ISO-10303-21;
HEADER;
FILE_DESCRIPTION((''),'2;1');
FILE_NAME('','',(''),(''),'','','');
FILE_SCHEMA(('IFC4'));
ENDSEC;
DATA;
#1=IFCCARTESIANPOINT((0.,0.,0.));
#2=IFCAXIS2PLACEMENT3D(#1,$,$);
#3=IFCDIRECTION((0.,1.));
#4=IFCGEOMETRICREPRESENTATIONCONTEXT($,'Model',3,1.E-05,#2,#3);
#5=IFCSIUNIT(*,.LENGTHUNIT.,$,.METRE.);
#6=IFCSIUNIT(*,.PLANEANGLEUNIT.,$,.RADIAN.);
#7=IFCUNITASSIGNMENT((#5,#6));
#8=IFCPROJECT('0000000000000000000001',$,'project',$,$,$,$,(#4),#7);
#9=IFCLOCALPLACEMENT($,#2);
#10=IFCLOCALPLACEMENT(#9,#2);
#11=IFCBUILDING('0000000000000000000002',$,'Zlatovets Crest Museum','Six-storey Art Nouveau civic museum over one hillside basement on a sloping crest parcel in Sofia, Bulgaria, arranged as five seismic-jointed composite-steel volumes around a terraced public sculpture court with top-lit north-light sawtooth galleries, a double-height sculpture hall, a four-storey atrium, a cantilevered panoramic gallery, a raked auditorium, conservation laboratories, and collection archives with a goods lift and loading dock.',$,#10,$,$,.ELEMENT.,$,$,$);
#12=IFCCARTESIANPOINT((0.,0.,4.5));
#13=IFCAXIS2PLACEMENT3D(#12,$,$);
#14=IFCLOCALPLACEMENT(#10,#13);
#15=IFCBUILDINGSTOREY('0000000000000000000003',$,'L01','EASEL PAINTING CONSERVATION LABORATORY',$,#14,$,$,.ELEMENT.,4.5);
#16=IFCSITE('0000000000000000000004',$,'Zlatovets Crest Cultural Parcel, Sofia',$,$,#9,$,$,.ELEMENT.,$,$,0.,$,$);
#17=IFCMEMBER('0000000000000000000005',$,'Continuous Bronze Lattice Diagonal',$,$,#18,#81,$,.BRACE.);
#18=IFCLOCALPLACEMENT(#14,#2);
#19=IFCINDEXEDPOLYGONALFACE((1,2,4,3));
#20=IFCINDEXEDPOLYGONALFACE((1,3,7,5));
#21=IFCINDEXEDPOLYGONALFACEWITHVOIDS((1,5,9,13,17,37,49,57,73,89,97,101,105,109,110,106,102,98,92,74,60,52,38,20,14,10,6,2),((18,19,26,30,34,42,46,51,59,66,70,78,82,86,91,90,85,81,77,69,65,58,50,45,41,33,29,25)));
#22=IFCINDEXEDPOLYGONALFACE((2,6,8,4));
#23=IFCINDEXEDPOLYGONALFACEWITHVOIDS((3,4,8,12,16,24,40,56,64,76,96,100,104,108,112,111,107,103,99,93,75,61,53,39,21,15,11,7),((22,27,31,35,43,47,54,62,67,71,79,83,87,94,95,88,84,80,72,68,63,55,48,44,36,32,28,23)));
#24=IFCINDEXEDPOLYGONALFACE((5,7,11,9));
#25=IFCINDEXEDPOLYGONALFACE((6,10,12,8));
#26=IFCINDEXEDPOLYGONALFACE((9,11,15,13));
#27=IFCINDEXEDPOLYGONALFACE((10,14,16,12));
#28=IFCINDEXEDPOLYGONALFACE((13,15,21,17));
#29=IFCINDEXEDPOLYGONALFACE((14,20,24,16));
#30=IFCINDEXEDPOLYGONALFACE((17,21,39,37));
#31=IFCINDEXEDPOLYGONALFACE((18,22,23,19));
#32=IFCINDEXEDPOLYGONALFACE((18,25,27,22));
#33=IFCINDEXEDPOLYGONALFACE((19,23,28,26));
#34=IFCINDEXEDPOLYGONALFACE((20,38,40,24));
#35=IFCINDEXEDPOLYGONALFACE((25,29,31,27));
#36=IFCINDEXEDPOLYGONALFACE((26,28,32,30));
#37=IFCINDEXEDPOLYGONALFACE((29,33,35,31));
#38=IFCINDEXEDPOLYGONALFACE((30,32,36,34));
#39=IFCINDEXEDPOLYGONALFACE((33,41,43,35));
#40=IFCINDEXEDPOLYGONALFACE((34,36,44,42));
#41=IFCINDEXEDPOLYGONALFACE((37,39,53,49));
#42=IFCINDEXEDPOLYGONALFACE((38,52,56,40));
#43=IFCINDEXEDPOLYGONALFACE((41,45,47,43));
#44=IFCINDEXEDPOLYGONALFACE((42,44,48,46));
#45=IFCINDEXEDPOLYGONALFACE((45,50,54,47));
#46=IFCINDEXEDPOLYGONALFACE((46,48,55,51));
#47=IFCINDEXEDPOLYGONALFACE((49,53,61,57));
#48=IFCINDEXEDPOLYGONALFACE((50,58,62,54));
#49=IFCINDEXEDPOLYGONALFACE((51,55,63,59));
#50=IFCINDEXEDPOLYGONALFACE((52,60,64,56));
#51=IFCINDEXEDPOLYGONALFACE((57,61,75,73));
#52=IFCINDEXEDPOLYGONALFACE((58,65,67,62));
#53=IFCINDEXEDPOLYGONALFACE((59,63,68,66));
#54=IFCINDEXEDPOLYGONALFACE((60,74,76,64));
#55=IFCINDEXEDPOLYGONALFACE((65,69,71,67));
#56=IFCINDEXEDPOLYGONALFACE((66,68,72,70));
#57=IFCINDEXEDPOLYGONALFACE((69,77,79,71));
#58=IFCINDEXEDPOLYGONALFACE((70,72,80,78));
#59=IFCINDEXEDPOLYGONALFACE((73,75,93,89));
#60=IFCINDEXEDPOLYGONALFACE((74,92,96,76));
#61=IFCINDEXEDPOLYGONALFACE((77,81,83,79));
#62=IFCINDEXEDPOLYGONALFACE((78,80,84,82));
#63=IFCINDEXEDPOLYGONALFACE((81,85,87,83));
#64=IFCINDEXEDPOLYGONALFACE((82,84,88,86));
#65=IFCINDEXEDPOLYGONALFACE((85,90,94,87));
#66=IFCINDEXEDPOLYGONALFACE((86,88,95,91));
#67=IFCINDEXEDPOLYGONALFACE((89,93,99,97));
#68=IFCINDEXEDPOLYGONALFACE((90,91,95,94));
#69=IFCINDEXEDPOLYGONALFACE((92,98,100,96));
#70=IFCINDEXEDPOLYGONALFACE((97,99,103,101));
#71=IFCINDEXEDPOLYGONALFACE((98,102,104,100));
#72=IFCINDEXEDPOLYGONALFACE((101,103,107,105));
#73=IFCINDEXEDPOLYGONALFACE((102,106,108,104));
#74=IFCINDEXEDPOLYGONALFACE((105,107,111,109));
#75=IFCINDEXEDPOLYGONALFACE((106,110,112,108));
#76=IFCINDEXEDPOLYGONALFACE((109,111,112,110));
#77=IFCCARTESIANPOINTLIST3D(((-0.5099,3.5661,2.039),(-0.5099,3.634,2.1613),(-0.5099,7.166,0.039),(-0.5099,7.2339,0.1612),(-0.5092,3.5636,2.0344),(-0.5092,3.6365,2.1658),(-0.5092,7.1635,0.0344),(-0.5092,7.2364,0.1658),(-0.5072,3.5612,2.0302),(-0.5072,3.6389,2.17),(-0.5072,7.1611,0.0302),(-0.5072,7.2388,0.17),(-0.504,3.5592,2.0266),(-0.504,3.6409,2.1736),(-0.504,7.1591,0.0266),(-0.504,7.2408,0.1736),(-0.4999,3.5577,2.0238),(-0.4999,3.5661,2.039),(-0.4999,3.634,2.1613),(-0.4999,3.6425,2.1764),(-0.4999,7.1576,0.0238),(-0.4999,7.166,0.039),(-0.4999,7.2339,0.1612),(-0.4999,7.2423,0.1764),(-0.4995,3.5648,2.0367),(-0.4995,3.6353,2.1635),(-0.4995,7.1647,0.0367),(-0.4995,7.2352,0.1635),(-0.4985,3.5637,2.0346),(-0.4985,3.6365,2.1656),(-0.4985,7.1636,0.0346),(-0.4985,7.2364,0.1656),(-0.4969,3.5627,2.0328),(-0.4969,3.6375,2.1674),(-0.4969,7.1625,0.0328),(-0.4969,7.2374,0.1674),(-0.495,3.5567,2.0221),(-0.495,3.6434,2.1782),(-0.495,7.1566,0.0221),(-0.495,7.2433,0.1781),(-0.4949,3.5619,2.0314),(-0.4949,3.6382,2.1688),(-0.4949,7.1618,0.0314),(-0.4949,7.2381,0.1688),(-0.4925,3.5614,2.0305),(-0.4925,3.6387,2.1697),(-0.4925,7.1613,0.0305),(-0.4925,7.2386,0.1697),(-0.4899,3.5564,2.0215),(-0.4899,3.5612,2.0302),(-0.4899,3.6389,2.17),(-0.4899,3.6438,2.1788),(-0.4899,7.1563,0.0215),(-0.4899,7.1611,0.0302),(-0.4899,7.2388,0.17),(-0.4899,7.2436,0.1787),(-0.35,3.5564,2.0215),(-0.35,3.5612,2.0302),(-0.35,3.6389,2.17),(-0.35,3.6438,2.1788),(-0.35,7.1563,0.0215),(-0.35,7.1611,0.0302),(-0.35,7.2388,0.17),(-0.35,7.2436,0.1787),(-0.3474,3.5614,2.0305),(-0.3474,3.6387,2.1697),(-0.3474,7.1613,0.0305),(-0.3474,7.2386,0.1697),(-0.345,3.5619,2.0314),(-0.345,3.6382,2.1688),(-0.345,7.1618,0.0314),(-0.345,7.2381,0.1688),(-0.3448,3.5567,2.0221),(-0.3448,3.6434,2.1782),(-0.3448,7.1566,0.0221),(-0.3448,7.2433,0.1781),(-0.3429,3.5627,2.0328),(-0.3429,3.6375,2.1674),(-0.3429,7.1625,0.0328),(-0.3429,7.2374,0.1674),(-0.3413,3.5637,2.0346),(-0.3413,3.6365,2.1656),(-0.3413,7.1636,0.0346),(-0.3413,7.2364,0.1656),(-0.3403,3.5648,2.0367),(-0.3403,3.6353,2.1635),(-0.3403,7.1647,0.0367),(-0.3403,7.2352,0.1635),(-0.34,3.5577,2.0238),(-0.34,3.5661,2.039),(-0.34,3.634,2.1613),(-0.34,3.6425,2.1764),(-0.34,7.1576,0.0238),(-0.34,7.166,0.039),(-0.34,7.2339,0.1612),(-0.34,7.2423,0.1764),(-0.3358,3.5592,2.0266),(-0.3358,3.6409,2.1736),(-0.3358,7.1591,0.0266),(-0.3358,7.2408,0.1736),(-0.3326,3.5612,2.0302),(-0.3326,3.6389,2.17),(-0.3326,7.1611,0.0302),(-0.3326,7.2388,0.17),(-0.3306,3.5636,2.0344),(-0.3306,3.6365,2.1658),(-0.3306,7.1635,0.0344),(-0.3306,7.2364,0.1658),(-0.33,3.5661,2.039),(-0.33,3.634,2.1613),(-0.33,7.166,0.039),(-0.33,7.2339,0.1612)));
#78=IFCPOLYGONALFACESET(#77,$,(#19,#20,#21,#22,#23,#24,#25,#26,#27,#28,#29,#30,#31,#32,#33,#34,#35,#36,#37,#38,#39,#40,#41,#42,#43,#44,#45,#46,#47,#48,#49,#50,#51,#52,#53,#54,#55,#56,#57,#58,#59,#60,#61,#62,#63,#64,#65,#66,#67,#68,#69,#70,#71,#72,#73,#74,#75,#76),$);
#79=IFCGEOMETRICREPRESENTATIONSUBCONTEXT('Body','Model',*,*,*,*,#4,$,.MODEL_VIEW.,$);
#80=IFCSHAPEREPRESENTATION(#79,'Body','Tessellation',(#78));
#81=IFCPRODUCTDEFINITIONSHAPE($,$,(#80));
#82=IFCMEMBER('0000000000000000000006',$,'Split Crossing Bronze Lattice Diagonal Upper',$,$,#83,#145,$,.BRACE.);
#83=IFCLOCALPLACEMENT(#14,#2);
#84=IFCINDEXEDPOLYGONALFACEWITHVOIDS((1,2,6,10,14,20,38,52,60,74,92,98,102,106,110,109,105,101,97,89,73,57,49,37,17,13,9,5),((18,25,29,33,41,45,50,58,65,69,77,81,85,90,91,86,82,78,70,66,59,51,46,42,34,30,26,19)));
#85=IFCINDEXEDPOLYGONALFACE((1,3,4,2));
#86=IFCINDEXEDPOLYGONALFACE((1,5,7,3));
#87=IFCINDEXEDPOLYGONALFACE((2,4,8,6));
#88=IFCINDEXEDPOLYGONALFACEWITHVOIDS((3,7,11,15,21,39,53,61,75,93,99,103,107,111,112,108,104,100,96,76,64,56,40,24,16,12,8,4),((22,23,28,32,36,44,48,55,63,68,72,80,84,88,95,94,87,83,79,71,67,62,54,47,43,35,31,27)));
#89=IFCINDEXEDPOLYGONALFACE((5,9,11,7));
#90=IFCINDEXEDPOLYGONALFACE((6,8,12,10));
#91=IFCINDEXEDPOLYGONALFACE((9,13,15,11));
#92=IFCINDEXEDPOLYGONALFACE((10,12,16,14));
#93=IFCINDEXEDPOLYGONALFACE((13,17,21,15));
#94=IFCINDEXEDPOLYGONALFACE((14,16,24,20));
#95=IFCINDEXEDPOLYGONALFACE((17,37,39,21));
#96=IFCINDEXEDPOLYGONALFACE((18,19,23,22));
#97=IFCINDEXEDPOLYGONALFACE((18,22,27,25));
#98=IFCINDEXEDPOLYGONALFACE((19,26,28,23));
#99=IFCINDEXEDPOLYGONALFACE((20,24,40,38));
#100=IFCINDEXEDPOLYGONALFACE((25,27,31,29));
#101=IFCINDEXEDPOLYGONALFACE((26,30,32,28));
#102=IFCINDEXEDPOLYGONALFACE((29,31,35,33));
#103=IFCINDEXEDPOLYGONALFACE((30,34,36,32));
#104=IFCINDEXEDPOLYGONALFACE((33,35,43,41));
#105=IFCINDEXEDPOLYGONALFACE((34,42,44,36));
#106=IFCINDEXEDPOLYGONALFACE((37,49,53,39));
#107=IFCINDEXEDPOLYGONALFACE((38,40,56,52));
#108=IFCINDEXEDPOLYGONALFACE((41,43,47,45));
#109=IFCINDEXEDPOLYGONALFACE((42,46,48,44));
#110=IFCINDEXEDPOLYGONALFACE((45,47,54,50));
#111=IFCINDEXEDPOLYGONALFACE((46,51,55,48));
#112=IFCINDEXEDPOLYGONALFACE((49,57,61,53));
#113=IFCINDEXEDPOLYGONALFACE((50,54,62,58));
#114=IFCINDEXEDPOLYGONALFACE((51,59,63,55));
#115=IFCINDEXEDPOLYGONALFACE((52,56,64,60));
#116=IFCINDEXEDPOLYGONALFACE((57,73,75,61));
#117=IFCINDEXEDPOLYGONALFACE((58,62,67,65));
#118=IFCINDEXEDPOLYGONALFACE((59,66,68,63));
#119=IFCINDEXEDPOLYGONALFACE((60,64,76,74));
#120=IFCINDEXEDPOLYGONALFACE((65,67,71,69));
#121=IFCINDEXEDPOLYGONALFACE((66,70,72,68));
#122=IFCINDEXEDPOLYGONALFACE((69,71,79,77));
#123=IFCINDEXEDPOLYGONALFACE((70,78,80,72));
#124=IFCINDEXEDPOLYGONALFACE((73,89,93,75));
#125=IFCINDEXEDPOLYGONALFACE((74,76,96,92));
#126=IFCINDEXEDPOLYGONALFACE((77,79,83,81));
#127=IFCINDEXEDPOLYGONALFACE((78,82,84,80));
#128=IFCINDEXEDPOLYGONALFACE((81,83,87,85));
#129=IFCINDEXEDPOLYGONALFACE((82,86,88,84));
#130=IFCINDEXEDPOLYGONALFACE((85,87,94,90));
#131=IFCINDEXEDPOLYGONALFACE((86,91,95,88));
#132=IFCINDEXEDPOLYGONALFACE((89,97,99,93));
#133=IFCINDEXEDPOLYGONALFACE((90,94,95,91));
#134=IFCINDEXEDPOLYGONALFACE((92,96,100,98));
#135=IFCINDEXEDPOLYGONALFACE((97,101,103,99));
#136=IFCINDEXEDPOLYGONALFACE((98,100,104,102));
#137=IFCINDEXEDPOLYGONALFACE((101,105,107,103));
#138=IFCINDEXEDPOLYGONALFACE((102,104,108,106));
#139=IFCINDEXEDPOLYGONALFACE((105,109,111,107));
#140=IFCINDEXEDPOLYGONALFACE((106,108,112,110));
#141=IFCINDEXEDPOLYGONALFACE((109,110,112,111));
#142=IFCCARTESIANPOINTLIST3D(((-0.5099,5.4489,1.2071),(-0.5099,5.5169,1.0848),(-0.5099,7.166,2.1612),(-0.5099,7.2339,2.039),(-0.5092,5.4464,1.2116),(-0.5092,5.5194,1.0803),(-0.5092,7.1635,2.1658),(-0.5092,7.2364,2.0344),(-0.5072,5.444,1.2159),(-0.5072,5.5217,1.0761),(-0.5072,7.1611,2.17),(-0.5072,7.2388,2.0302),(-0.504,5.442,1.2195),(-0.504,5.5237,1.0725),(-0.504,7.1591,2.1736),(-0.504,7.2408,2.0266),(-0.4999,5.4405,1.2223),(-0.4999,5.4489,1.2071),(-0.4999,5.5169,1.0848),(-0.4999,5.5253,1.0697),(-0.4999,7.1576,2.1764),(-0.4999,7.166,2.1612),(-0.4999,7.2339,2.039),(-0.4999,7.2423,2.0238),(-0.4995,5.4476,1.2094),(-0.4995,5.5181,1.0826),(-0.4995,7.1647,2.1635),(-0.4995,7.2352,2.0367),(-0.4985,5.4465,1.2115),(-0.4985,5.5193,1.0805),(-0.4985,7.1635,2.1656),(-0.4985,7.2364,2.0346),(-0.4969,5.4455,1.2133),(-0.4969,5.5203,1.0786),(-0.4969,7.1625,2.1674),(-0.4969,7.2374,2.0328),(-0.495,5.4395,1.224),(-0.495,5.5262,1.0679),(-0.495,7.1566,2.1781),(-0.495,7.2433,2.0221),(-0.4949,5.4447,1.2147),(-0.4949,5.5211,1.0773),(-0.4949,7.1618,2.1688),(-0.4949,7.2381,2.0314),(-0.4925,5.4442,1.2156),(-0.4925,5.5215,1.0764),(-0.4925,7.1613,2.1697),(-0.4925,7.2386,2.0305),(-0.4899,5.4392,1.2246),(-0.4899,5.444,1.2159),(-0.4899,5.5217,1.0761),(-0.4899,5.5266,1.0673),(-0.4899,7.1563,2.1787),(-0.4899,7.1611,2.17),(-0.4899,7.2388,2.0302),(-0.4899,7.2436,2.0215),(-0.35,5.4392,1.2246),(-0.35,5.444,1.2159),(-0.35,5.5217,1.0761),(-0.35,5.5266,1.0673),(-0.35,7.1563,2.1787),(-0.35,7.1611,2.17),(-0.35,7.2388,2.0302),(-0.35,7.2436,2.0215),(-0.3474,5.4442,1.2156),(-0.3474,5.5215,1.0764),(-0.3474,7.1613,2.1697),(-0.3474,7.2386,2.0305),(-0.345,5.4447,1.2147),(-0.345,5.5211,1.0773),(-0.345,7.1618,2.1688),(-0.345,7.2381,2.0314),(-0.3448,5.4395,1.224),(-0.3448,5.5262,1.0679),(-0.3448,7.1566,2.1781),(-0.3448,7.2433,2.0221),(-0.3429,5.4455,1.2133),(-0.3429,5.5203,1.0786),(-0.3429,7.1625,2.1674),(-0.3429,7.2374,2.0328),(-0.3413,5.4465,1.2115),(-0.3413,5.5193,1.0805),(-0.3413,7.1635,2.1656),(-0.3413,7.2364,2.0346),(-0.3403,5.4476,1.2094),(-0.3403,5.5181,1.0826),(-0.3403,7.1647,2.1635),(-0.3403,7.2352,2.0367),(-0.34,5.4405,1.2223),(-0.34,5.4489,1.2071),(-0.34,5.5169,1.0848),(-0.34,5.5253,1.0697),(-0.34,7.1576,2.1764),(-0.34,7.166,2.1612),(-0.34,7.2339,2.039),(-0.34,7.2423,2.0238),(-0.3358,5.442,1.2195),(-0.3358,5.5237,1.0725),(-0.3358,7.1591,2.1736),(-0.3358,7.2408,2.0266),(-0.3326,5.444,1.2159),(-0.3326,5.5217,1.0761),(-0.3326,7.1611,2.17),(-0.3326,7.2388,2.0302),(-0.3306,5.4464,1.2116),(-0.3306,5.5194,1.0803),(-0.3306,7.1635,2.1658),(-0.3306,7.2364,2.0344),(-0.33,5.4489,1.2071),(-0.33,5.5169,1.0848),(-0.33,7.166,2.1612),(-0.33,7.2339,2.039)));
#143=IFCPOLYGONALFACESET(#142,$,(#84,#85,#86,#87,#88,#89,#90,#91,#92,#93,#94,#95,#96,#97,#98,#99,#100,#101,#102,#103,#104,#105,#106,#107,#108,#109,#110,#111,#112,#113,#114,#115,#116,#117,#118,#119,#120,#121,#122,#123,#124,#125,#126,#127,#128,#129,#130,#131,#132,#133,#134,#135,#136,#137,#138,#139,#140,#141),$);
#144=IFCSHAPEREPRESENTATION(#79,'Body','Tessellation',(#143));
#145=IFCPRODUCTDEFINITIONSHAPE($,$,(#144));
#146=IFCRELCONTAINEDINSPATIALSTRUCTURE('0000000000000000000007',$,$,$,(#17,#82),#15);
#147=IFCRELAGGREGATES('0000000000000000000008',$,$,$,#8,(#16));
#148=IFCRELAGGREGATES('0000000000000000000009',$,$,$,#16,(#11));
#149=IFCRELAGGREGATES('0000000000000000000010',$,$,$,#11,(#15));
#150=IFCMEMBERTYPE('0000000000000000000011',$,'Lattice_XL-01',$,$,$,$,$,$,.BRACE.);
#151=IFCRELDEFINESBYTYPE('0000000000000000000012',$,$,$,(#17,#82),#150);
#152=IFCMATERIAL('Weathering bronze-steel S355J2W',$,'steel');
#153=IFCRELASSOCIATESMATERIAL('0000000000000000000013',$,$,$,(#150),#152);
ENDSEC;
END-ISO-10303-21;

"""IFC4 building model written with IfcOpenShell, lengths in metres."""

from ifc_helpers import new_model, si_unit, direction, frame, origin, origin_2d, place, context, subcontext, project, spatial, hollow_rectangle, extrude, material, material_profile, profile_set, type_object, element, save


model = new_model("IFC4")

# Units and contexts
model_context = context("Model", 3, precision=1e-05, world=origin(), true_north=direction((0.0, 1.0)))
body_context = subcontext(model_context, "Body", "Model", "MODEL_VIEW")
ifc_project = project(units=[si_unit("LENGTHUNIT", "METRE"), si_unit("PLANEANGLEUNIT", "RADIAN")], contexts=[model_context])

# Site, building, storey
site_placement = place(None, origin())
site = spatial("IfcSite", under=ifc_project, at=site_placement, Name="Zlatovets Crest Cultural Parcel, Sofia", CompositionType="ELEMENT", RefElevation=0.0)
building_placement = place(site_placement, origin())
building = spatial("IfcBuilding", under=site, at=building_placement, Name="Zlatovets Crest Museum", Description="Six-storey Art Nouveau civic museum over one hillside basement on a sloping crest parcel in Sofia, Bulgaria, arranged as five seismic-jointed composite-steel volumes around a terraced public sculpture court with top-lit north-light sawtooth galleries, a double-height sculpture hall, a four-storey atrium, a cantilevered panoramic gallery, a raked auditorium, conservation laboratories, and collection archives with a goods lift and loading dock.", CompositionType="ELEMENT")
storey_placement = place(building_placement, frame((0.0, 0.0, 4.5)))
storey = spatial("IfcBuildingStorey", under=building, at=storey_placement, Name="L01", Description="EASEL PAINTING CONSERVATION LABORATORY", CompositionType="ELEMENT", Elevation=4.5)

# Members
ifc_material_1 = material(Name="Weathering bronze-steel S355J2W", Category="steel")
ifc_material_profile_1 = material_profile(ifc_material_1, hollow_rectangle(XDim=0.1799, YDim=0.1799, WallThickness=0.01, InnerFilletRadius=0.01, OuterFilletRadius=0.02, at=origin_2d()), Name="SHS 180x180x10.0")
ifc_profile_set_1 = profile_set([ifc_material_profile_1], Name="Weathering bronze-steel S355J2W")
member_type_1 = type_object("IfcMemberType", Name="Lattice_XL-01", PredefinedType="BRACE", material=ifc_profile_set_1)
member_1_placement = place(storey_placement, frame((-0.4199, 7.2, 0.1001), z_axis=(0.0, -0.874149, 0.485658), x_axis=(1.0, 0.0, 0.0)))
element("IfcMember", 1, at=member_1_placement, inside=storey, type_object=member_type_1, Name="Continuous Bronze Lattice Diagonal", PredefinedType="BRACE", context=body_context, shape_type="SweptSolid", body=[
    extrude(hollow_rectangle(XDim=0.1799, YDim=0.1799, WallThickness=0.01, InnerFilletRadius=0.01, OuterFilletRadius=0.02, at=origin_2d()), origin(), (0.0, 0.0, 1.0), 4.1182),
])
member_2_placement = place(storey_placement, frame((-0.4199, 7.2, 2.1001), z_axis=(0.0, -0.874116, -0.485717), x_axis=(1.0, 0.0, 0.0)))
element("IfcMember", 2, at=member_2_placement, inside=storey, type_object=member_type_1, Name="Split Crossing Bronze Lattice Diagonal Upper", PredefinedType="BRACE", context=body_context, shape_type="SweptSolid", body=[
    extrude(hollow_rectangle(XDim=0.1799, YDim=0.1799, WallThickness=0.01, InnerFilletRadius=0.01, OuterFilletRadius=0.02, at=origin_2d()), origin(), (0.0, 0.0, 1.0), 1.9644),
])

save(model, "model.ifc")
